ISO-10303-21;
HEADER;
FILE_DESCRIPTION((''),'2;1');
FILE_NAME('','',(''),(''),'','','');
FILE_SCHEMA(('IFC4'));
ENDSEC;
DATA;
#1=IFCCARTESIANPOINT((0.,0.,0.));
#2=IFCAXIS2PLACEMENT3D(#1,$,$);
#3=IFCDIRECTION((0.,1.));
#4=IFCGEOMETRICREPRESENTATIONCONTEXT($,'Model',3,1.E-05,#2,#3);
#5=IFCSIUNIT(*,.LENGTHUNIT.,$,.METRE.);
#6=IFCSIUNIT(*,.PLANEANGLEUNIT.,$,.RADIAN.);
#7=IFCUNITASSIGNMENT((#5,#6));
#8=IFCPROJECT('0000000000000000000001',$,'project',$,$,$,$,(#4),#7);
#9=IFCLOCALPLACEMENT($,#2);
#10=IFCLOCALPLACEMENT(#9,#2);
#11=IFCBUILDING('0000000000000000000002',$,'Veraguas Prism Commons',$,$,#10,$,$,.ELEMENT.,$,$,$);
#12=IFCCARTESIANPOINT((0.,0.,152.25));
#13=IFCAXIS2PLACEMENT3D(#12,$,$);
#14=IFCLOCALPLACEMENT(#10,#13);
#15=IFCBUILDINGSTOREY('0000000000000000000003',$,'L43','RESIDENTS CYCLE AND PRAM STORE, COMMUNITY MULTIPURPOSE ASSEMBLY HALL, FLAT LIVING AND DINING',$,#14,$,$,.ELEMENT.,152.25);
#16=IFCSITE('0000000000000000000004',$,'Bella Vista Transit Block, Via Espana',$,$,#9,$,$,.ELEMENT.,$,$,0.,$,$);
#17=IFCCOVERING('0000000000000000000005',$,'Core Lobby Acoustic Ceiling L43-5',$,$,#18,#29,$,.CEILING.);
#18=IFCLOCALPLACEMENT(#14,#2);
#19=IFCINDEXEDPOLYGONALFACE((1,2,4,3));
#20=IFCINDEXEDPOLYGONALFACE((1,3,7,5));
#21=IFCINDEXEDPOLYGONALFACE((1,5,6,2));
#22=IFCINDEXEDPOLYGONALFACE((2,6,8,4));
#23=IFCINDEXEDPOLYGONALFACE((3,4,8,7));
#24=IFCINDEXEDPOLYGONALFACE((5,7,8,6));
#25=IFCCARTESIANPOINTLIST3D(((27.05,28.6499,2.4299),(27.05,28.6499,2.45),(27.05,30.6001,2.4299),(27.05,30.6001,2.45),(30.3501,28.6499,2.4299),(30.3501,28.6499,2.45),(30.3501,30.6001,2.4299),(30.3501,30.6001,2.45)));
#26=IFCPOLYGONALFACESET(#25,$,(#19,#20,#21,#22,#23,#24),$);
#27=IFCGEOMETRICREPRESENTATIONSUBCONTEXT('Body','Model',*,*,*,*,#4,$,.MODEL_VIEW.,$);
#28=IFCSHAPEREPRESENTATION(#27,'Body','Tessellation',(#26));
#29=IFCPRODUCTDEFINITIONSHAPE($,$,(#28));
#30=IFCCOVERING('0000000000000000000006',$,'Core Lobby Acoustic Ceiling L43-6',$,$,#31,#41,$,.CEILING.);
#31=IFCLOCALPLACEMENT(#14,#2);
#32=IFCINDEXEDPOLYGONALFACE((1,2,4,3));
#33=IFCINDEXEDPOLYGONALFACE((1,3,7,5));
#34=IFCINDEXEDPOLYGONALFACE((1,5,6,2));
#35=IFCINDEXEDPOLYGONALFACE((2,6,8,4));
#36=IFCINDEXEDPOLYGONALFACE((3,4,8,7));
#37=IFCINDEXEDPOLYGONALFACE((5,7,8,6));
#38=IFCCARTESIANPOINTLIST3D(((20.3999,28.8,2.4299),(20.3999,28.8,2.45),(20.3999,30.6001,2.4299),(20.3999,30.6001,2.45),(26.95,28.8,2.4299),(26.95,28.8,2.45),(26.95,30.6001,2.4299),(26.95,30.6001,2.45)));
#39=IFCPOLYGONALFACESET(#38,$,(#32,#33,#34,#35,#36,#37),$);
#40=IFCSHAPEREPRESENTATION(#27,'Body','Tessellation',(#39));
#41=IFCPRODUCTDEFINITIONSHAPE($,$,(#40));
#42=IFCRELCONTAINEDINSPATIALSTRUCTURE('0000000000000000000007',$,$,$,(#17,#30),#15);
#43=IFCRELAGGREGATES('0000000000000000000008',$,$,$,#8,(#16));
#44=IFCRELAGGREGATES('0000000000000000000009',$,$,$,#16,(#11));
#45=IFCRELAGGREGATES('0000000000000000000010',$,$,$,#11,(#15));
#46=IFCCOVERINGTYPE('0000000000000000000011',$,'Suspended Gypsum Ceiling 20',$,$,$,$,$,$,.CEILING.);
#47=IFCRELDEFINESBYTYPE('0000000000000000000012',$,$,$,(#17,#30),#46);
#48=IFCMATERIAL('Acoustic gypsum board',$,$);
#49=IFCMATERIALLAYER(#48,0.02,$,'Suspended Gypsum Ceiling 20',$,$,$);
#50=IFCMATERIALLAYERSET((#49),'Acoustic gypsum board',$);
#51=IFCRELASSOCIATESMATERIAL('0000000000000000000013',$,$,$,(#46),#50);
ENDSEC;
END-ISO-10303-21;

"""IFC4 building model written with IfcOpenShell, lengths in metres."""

from ifc_helpers import new_model, si_unit, direction, frame, origin, place, context, subcontext, project, spatial, polyline, outline, extrude, material, layer, layer_set, type_object, element, save


model = new_model("IFC4")

# Units and contexts
model_context = context("Model", 3, precision=1e-05, world=origin(), true_north=direction((0.0, 1.0)))
body_context = subcontext(model_context, "Body", "Model", "MODEL_VIEW")
ifc_project = project(units=[si_unit("LENGTHUNIT", "METRE"), si_unit("PLANEANGLEUNIT", "RADIAN")], contexts=[model_context])

# Site, building, storey
site_placement = place(None, origin())
site = spatial("IfcSite", under=ifc_project, at=site_placement, Name="Bella Vista Transit Block, Via Espana", CompositionType="ELEMENT", RefElevation=0.0)
building_placement = place(site_placement, origin())
building = spatial("IfcBuilding", under=site, at=building_placement, Name="Veraguas Prism Commons", CompositionType="ELEMENT")
storey_placement = place(building_placement, frame((0.0, 0.0, 152.25)))
storey = spatial("IfcBuildingStorey", under=building, at=storey_placement, Name="L43", Description="RESIDENTS CYCLE AND PRAM STORE, COMMUNITY MULTIPURPOSE ASSEMBLY HALL, FLAT LIVING AND DINING", CompositionType="ELEMENT", Elevation=152.25)

# Coverings
ifc_material_1 = material(Name="Acoustic gypsum board")
ifc_layer_1 = layer(ifc_material_1, 0.02, Name="Suspended Gypsum Ceiling 20")
ifc_layer_set_1 = layer_set([ifc_layer_1], Name="Acoustic gypsum board")
covering_type_1 = type_object("IfcCoveringType", Name="Suspended Gypsum Ceiling 20", PredefinedType="CEILING", material=ifc_layer_set_1)
covering_1_placement = place(storey_placement, frame((0.0, 0.0, 2.4299)))
element("IfcCovering", 1, at=covering_1_placement, inside=storey, type_object=covering_type_1, Name="Core Lobby Acoustic Ceiling L43-5", PredefinedType="CEILING", context=body_context, shape_type="SweptSolid", body=[
    extrude(outline(polyline([(27.05, 28.6499), (30.3501, 28.6499), (30.3501, 30.6001), (27.05, 30.6001), (27.05, 28.6499)])), origin(), (0.0, 0.0, 1.0), 0.02),
])
covering_2_placement = place(storey_placement, frame((0.0, 0.0, 2.4299)))
element("IfcCovering", 2, at=covering_2_placement, inside=storey, type_object=covering_type_1, Name="Core Lobby Acoustic Ceiling L43-6", PredefinedType="CEILING", context=body_context, shape_type="SweptSolid", body=[
    extrude(outline(polyline([(20.3999, 28.8), (26.95, 28.8), (26.95, 30.6001), (20.3999, 30.6001), (20.3999, 28.8)])), origin(), (0.0, 0.0, 1.0), 0.02),
])

save(model, "model.ifc")
